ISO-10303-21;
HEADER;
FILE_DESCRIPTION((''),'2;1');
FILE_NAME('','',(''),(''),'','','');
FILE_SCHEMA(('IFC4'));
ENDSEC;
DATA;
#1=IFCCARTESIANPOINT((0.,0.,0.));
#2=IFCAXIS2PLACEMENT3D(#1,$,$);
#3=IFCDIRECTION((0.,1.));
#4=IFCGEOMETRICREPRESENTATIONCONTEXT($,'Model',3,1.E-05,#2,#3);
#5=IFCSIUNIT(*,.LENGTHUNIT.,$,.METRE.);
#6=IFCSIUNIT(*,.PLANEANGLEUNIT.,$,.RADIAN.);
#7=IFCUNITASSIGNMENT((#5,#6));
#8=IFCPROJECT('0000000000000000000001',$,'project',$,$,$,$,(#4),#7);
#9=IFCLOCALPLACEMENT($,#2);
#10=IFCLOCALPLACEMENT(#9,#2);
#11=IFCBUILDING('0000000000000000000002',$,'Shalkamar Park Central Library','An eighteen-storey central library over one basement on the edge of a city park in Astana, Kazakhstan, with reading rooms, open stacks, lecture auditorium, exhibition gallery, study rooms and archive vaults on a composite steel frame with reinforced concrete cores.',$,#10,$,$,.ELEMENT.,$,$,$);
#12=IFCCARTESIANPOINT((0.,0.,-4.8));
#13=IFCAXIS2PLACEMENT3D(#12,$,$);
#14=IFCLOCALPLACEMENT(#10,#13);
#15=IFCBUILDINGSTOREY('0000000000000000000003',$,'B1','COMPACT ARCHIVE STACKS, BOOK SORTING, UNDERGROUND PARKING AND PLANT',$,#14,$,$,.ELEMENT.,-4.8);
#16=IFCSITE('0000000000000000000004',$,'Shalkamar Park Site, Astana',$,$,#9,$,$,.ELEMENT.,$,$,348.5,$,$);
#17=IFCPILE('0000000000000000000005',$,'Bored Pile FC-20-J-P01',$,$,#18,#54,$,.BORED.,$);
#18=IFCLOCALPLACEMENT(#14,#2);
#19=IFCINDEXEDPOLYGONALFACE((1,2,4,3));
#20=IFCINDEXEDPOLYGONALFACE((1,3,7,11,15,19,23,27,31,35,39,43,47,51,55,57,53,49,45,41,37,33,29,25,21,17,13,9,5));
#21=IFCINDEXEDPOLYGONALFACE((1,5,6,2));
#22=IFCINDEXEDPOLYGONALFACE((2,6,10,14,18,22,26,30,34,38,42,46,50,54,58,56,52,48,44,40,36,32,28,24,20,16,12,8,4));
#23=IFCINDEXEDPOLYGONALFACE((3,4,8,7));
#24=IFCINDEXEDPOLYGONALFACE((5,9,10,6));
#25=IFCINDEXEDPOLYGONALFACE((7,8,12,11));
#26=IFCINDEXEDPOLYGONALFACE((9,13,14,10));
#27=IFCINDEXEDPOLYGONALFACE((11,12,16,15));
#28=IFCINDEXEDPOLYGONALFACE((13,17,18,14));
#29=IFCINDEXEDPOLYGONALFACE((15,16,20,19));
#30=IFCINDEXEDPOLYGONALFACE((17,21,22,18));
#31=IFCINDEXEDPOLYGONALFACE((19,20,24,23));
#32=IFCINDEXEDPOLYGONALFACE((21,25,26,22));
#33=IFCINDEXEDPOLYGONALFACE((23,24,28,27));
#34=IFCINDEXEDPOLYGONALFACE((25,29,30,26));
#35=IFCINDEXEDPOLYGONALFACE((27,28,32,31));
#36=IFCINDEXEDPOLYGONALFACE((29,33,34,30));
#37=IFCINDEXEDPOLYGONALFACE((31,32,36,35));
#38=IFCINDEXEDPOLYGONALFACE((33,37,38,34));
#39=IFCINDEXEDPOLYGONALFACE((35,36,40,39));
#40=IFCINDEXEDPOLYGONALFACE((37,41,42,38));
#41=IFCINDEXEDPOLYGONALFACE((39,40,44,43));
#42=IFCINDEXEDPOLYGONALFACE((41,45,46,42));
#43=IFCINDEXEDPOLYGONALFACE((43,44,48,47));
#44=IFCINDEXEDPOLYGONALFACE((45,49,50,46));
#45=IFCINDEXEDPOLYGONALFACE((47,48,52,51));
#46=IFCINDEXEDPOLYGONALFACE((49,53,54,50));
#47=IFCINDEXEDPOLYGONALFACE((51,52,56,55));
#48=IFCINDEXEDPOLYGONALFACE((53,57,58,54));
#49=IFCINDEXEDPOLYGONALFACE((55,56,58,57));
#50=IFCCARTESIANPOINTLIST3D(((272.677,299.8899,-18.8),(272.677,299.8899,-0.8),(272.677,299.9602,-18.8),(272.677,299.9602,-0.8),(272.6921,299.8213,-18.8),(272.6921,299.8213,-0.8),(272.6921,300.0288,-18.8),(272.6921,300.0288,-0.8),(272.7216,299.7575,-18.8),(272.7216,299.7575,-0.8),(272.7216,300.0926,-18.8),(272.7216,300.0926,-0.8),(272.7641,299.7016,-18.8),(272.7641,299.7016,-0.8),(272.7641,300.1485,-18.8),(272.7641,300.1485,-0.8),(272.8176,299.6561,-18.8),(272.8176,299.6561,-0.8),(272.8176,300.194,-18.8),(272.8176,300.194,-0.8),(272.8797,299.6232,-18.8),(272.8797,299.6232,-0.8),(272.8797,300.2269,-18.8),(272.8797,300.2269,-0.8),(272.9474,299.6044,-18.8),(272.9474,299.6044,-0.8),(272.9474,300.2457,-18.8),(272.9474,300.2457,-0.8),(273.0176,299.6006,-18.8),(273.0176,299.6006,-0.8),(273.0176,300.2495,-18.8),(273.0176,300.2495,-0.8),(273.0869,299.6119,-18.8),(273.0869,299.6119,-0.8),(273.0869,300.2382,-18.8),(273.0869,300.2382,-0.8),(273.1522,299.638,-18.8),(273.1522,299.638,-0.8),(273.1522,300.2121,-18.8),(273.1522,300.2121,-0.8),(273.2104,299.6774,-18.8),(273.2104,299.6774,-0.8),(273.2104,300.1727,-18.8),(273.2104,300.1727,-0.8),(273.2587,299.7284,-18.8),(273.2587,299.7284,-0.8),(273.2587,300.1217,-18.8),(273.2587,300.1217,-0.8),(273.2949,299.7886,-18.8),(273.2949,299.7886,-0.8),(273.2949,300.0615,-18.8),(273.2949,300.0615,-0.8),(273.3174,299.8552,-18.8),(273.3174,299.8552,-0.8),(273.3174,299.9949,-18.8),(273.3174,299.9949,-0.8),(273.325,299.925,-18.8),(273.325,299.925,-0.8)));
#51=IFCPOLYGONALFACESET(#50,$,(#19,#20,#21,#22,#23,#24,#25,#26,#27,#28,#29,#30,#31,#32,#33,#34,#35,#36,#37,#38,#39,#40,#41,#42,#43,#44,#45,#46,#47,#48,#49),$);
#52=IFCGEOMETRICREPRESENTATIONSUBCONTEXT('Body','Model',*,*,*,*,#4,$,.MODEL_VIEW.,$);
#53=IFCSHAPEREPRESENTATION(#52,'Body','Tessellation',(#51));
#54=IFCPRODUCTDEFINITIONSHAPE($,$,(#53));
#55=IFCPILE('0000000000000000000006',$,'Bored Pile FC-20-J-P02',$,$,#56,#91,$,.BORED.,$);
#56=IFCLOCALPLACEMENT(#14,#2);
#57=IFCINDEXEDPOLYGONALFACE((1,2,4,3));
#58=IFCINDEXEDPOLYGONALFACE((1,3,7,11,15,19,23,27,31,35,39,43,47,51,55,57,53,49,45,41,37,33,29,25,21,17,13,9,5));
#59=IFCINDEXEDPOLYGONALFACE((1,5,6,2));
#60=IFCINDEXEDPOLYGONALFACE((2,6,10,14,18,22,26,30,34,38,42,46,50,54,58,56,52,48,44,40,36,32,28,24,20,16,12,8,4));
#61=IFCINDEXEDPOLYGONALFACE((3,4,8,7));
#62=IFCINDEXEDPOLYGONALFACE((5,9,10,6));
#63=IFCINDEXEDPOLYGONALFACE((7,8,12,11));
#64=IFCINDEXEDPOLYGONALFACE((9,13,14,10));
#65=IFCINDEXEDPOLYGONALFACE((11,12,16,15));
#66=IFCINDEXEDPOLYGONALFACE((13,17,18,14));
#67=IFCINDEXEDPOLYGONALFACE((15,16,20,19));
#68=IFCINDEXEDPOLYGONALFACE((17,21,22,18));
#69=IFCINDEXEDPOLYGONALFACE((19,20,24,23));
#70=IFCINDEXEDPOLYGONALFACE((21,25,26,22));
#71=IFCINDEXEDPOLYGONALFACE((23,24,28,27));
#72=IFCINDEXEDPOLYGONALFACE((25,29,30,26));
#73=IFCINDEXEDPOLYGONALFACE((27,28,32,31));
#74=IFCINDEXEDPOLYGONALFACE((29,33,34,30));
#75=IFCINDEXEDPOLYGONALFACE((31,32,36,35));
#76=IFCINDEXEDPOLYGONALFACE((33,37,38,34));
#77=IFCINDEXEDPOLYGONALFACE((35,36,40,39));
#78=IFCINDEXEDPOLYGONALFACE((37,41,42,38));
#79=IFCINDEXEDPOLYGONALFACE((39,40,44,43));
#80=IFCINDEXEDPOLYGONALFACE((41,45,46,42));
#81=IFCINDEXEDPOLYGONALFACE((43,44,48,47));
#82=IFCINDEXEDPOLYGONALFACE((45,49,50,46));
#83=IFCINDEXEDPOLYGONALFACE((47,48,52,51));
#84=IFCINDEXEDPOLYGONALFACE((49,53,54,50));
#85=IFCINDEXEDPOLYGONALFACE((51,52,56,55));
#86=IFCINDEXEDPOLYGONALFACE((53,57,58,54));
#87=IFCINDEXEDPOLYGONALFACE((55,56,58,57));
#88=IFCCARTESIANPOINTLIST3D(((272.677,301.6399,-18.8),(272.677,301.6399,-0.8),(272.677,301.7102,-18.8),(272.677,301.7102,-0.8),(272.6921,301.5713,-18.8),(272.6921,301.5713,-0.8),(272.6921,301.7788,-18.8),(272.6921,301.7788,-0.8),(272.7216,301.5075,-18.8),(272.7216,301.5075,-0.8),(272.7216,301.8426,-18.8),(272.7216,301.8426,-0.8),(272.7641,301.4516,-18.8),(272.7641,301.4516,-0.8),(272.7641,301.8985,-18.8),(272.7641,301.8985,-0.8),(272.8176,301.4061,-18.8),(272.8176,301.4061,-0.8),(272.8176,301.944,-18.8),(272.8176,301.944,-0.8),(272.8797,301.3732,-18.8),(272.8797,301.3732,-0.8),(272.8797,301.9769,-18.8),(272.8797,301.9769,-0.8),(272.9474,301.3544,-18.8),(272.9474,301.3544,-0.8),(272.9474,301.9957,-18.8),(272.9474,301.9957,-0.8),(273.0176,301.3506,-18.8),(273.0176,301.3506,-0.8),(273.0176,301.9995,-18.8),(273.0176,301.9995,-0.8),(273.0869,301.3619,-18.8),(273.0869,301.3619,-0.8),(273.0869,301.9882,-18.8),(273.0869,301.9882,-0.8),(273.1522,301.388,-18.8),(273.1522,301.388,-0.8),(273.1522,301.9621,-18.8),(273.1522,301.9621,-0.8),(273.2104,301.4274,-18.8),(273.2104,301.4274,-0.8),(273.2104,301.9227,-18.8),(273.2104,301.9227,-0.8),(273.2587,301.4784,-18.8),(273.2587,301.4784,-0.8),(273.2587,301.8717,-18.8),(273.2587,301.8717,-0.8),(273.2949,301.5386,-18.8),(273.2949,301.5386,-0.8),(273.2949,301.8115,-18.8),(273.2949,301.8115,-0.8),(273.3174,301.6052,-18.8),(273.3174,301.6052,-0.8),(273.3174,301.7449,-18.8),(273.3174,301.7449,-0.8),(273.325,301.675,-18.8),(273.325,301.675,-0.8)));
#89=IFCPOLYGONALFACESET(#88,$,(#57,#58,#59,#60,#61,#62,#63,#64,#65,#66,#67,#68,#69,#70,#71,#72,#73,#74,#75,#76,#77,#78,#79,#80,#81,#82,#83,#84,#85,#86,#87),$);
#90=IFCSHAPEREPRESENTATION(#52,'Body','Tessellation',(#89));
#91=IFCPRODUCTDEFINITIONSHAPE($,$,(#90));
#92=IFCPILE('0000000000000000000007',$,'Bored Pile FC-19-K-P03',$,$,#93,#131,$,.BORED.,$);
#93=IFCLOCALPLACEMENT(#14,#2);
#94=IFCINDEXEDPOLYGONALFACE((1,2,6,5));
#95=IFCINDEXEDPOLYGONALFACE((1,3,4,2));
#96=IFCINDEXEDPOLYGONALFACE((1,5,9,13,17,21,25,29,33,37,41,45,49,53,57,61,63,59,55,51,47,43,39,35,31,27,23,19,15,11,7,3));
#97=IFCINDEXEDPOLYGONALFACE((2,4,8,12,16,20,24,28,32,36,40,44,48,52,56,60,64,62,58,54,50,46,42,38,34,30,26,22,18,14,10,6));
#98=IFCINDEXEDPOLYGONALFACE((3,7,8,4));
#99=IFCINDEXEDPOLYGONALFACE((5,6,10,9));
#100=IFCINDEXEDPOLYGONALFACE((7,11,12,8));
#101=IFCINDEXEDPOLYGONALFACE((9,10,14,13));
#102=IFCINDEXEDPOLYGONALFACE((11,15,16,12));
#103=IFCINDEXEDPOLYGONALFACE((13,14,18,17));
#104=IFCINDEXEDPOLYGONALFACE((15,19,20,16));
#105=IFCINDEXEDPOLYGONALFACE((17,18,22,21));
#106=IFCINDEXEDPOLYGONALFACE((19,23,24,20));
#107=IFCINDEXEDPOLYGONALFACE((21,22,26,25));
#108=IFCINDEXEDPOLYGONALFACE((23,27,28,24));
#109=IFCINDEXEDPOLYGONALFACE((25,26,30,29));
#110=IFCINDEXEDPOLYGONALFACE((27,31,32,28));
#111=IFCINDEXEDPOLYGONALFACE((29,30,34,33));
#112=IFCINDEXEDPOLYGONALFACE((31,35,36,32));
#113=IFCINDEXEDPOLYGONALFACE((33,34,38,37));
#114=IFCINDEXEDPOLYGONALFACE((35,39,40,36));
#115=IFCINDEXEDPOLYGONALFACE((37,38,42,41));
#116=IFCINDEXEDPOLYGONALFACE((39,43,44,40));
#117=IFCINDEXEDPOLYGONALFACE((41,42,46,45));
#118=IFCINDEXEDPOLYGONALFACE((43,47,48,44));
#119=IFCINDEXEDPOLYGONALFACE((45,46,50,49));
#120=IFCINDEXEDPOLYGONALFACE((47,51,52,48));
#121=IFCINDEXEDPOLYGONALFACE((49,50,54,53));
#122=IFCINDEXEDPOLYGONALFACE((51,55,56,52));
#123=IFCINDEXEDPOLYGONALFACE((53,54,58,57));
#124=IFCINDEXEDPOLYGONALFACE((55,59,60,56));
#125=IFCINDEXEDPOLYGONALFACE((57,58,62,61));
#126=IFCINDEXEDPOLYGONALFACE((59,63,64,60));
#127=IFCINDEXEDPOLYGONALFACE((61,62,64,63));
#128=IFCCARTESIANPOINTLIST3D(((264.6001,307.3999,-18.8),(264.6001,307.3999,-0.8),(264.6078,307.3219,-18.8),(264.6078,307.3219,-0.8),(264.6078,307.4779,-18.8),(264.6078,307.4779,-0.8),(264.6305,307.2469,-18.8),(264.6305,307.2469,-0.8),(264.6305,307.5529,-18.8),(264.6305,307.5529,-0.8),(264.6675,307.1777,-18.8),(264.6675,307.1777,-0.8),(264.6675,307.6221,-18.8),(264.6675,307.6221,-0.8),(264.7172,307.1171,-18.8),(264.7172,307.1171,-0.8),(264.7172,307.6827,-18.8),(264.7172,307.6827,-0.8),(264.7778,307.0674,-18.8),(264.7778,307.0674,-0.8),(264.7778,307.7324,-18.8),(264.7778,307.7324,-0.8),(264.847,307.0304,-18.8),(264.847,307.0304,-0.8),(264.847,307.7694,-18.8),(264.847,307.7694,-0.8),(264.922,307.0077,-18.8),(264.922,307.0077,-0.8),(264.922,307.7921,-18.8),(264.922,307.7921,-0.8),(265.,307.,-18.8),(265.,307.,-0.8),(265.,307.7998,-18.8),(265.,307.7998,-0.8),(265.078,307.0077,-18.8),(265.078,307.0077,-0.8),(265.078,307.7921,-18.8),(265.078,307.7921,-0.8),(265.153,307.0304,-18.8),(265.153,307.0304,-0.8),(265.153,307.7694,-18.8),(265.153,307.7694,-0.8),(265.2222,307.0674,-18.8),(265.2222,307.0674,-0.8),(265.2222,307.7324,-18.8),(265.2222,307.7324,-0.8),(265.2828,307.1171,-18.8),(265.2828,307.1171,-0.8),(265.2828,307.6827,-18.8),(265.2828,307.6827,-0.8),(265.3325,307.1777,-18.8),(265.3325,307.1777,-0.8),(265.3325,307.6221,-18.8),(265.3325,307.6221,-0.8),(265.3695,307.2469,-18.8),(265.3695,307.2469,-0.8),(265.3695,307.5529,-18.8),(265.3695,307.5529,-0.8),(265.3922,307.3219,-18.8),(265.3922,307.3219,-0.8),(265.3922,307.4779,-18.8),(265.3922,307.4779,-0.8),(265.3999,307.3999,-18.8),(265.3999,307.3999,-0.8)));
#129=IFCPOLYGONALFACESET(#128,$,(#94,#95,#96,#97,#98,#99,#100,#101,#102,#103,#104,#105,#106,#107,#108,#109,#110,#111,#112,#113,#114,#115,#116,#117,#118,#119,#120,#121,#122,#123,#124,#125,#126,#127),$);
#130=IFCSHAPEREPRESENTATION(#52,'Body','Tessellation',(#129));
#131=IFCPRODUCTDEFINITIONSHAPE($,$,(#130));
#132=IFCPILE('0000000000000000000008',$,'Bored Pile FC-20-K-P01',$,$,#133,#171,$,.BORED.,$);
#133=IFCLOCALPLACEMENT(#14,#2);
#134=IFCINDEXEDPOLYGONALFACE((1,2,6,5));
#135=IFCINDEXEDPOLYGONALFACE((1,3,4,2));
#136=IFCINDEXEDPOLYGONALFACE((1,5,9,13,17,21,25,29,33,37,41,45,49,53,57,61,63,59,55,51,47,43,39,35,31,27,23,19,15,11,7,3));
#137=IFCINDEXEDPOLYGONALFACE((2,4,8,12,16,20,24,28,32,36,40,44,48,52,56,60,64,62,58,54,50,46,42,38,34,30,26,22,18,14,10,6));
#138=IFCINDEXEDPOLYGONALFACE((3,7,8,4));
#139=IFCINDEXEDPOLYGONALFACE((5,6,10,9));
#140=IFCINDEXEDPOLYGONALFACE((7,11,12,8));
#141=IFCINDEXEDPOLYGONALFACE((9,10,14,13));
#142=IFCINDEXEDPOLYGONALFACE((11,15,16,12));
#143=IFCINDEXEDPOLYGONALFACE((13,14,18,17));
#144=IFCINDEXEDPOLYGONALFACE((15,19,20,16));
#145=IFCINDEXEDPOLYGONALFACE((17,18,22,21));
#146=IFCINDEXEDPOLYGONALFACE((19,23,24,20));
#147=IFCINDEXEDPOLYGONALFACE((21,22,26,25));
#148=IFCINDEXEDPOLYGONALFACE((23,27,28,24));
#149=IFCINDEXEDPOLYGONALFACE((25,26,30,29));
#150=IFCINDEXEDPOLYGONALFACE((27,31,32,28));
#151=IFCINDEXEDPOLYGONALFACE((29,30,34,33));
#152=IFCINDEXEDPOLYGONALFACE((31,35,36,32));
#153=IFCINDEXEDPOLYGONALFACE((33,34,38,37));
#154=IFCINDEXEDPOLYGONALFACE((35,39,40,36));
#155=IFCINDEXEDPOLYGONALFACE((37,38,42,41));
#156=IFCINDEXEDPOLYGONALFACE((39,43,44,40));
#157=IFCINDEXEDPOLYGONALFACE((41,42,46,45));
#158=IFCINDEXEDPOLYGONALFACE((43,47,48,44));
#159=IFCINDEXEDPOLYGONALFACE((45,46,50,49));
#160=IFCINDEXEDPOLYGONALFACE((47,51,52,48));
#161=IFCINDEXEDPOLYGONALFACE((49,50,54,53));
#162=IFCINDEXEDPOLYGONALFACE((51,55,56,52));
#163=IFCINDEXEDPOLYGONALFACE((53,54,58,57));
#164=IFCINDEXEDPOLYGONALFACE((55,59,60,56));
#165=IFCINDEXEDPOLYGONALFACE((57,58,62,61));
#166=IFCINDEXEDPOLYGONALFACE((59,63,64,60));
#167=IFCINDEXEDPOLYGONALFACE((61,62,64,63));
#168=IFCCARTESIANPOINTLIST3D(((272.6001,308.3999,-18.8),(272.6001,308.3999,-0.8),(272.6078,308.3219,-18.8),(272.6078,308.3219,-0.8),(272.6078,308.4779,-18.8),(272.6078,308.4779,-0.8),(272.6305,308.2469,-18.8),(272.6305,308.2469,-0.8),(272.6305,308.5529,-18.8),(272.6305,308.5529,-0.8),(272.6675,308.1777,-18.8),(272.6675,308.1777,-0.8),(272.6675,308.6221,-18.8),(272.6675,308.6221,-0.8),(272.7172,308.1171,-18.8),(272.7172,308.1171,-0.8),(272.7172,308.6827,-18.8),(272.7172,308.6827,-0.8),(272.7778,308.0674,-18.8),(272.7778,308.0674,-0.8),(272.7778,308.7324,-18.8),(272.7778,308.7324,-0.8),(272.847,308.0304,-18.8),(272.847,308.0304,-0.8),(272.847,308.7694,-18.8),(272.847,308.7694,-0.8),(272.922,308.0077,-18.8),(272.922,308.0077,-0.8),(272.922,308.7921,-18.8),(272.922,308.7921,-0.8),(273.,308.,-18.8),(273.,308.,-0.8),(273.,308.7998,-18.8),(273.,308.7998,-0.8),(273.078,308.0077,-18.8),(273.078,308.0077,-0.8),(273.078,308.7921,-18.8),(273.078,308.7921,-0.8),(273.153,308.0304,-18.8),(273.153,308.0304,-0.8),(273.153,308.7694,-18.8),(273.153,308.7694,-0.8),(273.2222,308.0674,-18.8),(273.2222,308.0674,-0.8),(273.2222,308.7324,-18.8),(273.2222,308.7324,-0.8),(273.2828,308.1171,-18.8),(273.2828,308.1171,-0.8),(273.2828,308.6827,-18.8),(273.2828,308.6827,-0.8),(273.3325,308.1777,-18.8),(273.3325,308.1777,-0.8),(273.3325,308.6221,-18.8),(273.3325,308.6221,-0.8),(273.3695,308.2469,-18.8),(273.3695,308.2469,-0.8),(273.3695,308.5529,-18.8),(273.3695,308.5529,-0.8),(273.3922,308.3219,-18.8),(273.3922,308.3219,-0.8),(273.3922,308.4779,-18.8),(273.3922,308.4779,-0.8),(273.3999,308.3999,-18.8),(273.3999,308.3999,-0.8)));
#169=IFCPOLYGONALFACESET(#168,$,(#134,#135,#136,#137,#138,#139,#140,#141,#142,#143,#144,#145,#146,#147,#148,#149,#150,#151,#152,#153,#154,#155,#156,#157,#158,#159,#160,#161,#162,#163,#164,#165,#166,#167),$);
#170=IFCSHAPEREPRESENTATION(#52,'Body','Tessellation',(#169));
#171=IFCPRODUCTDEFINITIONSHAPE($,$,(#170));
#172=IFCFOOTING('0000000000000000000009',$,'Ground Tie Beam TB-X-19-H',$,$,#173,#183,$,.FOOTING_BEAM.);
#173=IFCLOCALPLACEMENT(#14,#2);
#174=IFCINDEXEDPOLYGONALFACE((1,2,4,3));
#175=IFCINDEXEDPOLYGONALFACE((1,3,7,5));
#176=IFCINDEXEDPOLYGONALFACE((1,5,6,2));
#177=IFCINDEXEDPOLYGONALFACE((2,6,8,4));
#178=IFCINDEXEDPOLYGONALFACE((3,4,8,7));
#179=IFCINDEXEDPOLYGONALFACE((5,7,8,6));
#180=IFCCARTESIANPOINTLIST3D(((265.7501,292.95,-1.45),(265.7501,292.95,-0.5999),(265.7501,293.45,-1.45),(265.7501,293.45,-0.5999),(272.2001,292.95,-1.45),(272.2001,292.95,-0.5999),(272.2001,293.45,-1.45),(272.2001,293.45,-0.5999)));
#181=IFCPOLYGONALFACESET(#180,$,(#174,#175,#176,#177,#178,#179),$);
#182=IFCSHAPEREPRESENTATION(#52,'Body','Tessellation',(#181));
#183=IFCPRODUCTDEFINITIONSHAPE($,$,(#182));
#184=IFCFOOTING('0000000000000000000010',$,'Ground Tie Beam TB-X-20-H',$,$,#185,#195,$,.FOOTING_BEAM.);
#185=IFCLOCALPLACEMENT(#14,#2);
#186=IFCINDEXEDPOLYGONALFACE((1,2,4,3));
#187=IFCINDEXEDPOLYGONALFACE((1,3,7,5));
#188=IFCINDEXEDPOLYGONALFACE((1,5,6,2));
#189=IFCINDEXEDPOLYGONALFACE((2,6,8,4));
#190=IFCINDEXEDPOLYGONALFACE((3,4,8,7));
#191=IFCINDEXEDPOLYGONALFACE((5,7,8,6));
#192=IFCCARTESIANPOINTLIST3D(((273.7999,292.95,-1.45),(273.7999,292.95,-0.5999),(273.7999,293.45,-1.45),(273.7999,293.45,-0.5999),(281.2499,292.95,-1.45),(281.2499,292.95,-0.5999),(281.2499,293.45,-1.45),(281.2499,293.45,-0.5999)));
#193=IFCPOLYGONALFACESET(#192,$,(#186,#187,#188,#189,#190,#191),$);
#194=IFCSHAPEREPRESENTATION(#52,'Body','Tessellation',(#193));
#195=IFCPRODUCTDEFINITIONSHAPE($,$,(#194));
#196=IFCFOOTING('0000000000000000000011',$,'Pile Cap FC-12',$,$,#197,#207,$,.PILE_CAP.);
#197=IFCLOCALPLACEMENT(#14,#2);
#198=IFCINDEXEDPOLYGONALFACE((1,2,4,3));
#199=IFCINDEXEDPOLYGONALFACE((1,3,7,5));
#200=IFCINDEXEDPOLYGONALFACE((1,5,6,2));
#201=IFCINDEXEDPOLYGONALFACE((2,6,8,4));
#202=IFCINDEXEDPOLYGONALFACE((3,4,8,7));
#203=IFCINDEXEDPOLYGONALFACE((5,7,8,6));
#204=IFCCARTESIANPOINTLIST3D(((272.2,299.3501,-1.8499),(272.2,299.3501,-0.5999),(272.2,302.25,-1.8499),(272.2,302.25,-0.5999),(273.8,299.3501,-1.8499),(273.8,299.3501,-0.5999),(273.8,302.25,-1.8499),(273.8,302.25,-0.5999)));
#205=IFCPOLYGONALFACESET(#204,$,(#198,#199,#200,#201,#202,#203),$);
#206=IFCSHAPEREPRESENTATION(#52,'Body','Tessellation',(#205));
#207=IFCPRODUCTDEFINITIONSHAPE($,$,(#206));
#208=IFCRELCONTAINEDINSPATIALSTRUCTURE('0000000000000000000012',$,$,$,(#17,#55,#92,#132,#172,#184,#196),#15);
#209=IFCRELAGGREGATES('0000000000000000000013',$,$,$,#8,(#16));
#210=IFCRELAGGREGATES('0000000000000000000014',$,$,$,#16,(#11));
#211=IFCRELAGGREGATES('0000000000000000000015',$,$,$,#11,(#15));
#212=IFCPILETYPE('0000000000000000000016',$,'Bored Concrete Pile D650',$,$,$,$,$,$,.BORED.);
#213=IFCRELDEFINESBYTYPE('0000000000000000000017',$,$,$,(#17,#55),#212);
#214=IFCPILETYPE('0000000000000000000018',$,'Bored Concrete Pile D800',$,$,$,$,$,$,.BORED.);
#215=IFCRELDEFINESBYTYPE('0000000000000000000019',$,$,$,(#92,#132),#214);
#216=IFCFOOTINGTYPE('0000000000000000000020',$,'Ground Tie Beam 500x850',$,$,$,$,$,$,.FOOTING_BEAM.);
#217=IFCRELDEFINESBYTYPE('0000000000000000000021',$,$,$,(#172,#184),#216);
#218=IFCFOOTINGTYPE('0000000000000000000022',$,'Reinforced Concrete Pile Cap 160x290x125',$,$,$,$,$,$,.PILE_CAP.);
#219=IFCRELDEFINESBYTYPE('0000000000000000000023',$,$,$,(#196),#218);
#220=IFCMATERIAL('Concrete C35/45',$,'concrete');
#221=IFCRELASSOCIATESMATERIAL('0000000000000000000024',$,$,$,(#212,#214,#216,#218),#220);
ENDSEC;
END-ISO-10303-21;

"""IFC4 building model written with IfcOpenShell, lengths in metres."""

from ifc_helpers import new_model, si_unit, direction, frame, origin, origin_2d, place, context, subcontext, project, spatial, rectangle, circle, extrude, material, material_profile, profile_set, type_object, element, save


model = new_model("IFC4")

# Units and contexts
model_context = context("Model", 3, precision=1e-05, world=origin(), true_north=direction((0.0, 1.0)))
body_context = subcontext(model_context, "Body", "Model", "MODEL_VIEW")
ifc_project = project(units=[si_unit("LENGTHUNIT", "METRE"), si_unit("PLANEANGLEUNIT", "RADIAN")], contexts=[model_context])

# Site, building, storey
site_placement = place(None, origin())
site = spatial("IfcSite", under=ifc_project, at=site_placement, Name="Shalkamar Park Site, Astana", CompositionType="ELEMENT", RefElevation=348.5)
building_placement = place(site_placement, origin())
building = spatial("IfcBuilding", under=site, at=building_placement, Name="Shalkamar Park Central Library", Description="An eighteen-storey central library over one basement on the edge of a city park in Astana, Kazakhstan, with reading rooms, open stacks, lecture auditorium, exhibition gallery, study rooms and archive vaults on a composite steel frame with reinforced concrete cores.", CompositionType="ELEMENT")
storey_placement = place(building_placement, frame((0.0, 0.0, -4.8)))
storey = spatial("IfcBuildingStorey", under=building, at=storey_placement, Name="B1", Description="COMPACT ARCHIVE STACKS, BOOK SORTING, UNDERGROUND PARKING AND PLANT", CompositionType="ELEMENT", Elevation=-4.8)

# Piles
ifc_material_1 = material(Name="Concrete C35/45", Category="concrete")
ifc_material_profile_1 = material_profile(ifc_material_1, circle(Radius=0.325, at=origin_2d()), Name="PILE D650")
ifc_profile_set_1 = profile_set([ifc_material_profile_1], Name="Concrete C35/45")
pile_type_1 = type_object("IfcPileType", Name="Bored Concrete Pile D650", PredefinedType="BORED", material=ifc_profile_set_1)
for number, where, z_axis, x_axis, name in (
    (1, (273.0, 299.925, -0.8), (0.0, 0.0, -1.0), (1.0, 0.0, 0.0), "Bored Pile FC-20-J-P01"),
    (2, (273.0, 301.675, -0.8), (0.0, 0.0, -1.0), (1.0, 0.0, 0.0), "Bored Pile FC-20-J-P02"),
):
    element("IfcPile", number, at=place(storey_placement, frame(where, z_axis=z_axis, x_axis=x_axis)), inside=storey, type_object=pile_type_1, Name=name, PredefinedType="BORED", context=body_context, shape_type="SweptSolid", body=[
        extrude(circle(Radius=0.325, at=origin_2d()), origin(), (0.0, 0.0, 1.0), 18.0),
    ])
ifc_material_profile_2 = material_profile(ifc_material_1, circle(Radius=0.3999, at=origin_2d()), Name="PILE D800")
ifc_profile_set_2 = profile_set([ifc_material_profile_2], Name="Concrete C35/45")
pile_type_2 = type_object("IfcPileType", Name="Bored Concrete Pile D800", PredefinedType="BORED", material=ifc_profile_set_2)
for number, where, z_axis, x_axis, name in (
    (3, (265.0, 307.3999, -0.8), (0.0, 0.0, -1.0), (1.0, 0.0, 0.0), "Bored Pile FC-19-K-P03"),
    (4, (273.0, 308.3999, -0.8), (0.0, 0.0, -1.0), (1.0, 0.0, 0.0), "Bored Pile FC-20-K-P01"),
):
    element("IfcPile", number, at=place(storey_placement, frame(where, z_axis=z_axis, x_axis=x_axis)), inside=storey, type_object=pile_type_2, Name=name, PredefinedType="BORED", context=body_context, shape_type="SweptSolid", body=[
        extrude(circle(Radius=0.3999, at=origin_2d()), origin(), (0.0, 0.0, 1.0), 18.0),
    ])

# Footings
footing_type_1 = type_object("IfcFootingType", Name="Ground Tie Beam 500x850", PredefinedType="FOOTING_BEAM", material=ifc_material_1)
footing_1_placement = place(storey_placement, frame((268.9751, 293.2, -1.45), z_axis=(0.0, 0.0, 1.0), x_axis=(1.0, 0.0, 0.0)))
element("IfcFooting", 5, at=footing_1_placement, inside=storey, type_object=footing_type_1, Name="Ground Tie Beam TB-X-19-H", PredefinedType="FOOTING_BEAM", context=body_context, shape_type="SweptSolid", body=[
    extrude(rectangle(XDim=6.45, YDim=0.5, at=origin_2d()), origin(), (0.0, 0.0, 1.0), 0.8501),
])
footing_2_placement = place(storey_placement, frame((277.5249, 293.2, -1.45), z_axis=(0.0, 0.0, 1.0), x_axis=(1.0, 0.0, 0.0)))
element("IfcFooting", 6, at=footing_2_placement, inside=storey, type_object=footing_type_1, Name="Ground Tie Beam TB-X-20-H", PredefinedType="FOOTING_BEAM", context=body_context, shape_type="SweptSolid", body=[
    extrude(rectangle(XDim=7.45, YDim=0.5, at=origin_2d()), origin(), (0.0, 0.0, 1.0), 0.8501),
])
footing_type_2 = type_object("IfcFootingType", Name="Reinforced Concrete Pile Cap 160x290x125", PredefinedType="PILE_CAP", material=ifc_material_1)
footing_3_placement = place(storey_placement, frame((273.0, 300.8, -1.8499), z_axis=(0.0, 0.0, 1.0), x_axis=(1.0, 0.0, 0.0)))
element("IfcFooting", 7, at=footing_3_placement, inside=storey, type_object=footing_type_2, Name="Pile Cap FC-12", PredefinedType="PILE_CAP", context=body_context, shape_type="SweptSolid", body=[
    extrude(rectangle(XDim=1.6001, YDim=2.8999, at=origin_2d()), origin(), (0.0, 0.0, 1.0), 1.25),
])

save(model, "model.ifc")
